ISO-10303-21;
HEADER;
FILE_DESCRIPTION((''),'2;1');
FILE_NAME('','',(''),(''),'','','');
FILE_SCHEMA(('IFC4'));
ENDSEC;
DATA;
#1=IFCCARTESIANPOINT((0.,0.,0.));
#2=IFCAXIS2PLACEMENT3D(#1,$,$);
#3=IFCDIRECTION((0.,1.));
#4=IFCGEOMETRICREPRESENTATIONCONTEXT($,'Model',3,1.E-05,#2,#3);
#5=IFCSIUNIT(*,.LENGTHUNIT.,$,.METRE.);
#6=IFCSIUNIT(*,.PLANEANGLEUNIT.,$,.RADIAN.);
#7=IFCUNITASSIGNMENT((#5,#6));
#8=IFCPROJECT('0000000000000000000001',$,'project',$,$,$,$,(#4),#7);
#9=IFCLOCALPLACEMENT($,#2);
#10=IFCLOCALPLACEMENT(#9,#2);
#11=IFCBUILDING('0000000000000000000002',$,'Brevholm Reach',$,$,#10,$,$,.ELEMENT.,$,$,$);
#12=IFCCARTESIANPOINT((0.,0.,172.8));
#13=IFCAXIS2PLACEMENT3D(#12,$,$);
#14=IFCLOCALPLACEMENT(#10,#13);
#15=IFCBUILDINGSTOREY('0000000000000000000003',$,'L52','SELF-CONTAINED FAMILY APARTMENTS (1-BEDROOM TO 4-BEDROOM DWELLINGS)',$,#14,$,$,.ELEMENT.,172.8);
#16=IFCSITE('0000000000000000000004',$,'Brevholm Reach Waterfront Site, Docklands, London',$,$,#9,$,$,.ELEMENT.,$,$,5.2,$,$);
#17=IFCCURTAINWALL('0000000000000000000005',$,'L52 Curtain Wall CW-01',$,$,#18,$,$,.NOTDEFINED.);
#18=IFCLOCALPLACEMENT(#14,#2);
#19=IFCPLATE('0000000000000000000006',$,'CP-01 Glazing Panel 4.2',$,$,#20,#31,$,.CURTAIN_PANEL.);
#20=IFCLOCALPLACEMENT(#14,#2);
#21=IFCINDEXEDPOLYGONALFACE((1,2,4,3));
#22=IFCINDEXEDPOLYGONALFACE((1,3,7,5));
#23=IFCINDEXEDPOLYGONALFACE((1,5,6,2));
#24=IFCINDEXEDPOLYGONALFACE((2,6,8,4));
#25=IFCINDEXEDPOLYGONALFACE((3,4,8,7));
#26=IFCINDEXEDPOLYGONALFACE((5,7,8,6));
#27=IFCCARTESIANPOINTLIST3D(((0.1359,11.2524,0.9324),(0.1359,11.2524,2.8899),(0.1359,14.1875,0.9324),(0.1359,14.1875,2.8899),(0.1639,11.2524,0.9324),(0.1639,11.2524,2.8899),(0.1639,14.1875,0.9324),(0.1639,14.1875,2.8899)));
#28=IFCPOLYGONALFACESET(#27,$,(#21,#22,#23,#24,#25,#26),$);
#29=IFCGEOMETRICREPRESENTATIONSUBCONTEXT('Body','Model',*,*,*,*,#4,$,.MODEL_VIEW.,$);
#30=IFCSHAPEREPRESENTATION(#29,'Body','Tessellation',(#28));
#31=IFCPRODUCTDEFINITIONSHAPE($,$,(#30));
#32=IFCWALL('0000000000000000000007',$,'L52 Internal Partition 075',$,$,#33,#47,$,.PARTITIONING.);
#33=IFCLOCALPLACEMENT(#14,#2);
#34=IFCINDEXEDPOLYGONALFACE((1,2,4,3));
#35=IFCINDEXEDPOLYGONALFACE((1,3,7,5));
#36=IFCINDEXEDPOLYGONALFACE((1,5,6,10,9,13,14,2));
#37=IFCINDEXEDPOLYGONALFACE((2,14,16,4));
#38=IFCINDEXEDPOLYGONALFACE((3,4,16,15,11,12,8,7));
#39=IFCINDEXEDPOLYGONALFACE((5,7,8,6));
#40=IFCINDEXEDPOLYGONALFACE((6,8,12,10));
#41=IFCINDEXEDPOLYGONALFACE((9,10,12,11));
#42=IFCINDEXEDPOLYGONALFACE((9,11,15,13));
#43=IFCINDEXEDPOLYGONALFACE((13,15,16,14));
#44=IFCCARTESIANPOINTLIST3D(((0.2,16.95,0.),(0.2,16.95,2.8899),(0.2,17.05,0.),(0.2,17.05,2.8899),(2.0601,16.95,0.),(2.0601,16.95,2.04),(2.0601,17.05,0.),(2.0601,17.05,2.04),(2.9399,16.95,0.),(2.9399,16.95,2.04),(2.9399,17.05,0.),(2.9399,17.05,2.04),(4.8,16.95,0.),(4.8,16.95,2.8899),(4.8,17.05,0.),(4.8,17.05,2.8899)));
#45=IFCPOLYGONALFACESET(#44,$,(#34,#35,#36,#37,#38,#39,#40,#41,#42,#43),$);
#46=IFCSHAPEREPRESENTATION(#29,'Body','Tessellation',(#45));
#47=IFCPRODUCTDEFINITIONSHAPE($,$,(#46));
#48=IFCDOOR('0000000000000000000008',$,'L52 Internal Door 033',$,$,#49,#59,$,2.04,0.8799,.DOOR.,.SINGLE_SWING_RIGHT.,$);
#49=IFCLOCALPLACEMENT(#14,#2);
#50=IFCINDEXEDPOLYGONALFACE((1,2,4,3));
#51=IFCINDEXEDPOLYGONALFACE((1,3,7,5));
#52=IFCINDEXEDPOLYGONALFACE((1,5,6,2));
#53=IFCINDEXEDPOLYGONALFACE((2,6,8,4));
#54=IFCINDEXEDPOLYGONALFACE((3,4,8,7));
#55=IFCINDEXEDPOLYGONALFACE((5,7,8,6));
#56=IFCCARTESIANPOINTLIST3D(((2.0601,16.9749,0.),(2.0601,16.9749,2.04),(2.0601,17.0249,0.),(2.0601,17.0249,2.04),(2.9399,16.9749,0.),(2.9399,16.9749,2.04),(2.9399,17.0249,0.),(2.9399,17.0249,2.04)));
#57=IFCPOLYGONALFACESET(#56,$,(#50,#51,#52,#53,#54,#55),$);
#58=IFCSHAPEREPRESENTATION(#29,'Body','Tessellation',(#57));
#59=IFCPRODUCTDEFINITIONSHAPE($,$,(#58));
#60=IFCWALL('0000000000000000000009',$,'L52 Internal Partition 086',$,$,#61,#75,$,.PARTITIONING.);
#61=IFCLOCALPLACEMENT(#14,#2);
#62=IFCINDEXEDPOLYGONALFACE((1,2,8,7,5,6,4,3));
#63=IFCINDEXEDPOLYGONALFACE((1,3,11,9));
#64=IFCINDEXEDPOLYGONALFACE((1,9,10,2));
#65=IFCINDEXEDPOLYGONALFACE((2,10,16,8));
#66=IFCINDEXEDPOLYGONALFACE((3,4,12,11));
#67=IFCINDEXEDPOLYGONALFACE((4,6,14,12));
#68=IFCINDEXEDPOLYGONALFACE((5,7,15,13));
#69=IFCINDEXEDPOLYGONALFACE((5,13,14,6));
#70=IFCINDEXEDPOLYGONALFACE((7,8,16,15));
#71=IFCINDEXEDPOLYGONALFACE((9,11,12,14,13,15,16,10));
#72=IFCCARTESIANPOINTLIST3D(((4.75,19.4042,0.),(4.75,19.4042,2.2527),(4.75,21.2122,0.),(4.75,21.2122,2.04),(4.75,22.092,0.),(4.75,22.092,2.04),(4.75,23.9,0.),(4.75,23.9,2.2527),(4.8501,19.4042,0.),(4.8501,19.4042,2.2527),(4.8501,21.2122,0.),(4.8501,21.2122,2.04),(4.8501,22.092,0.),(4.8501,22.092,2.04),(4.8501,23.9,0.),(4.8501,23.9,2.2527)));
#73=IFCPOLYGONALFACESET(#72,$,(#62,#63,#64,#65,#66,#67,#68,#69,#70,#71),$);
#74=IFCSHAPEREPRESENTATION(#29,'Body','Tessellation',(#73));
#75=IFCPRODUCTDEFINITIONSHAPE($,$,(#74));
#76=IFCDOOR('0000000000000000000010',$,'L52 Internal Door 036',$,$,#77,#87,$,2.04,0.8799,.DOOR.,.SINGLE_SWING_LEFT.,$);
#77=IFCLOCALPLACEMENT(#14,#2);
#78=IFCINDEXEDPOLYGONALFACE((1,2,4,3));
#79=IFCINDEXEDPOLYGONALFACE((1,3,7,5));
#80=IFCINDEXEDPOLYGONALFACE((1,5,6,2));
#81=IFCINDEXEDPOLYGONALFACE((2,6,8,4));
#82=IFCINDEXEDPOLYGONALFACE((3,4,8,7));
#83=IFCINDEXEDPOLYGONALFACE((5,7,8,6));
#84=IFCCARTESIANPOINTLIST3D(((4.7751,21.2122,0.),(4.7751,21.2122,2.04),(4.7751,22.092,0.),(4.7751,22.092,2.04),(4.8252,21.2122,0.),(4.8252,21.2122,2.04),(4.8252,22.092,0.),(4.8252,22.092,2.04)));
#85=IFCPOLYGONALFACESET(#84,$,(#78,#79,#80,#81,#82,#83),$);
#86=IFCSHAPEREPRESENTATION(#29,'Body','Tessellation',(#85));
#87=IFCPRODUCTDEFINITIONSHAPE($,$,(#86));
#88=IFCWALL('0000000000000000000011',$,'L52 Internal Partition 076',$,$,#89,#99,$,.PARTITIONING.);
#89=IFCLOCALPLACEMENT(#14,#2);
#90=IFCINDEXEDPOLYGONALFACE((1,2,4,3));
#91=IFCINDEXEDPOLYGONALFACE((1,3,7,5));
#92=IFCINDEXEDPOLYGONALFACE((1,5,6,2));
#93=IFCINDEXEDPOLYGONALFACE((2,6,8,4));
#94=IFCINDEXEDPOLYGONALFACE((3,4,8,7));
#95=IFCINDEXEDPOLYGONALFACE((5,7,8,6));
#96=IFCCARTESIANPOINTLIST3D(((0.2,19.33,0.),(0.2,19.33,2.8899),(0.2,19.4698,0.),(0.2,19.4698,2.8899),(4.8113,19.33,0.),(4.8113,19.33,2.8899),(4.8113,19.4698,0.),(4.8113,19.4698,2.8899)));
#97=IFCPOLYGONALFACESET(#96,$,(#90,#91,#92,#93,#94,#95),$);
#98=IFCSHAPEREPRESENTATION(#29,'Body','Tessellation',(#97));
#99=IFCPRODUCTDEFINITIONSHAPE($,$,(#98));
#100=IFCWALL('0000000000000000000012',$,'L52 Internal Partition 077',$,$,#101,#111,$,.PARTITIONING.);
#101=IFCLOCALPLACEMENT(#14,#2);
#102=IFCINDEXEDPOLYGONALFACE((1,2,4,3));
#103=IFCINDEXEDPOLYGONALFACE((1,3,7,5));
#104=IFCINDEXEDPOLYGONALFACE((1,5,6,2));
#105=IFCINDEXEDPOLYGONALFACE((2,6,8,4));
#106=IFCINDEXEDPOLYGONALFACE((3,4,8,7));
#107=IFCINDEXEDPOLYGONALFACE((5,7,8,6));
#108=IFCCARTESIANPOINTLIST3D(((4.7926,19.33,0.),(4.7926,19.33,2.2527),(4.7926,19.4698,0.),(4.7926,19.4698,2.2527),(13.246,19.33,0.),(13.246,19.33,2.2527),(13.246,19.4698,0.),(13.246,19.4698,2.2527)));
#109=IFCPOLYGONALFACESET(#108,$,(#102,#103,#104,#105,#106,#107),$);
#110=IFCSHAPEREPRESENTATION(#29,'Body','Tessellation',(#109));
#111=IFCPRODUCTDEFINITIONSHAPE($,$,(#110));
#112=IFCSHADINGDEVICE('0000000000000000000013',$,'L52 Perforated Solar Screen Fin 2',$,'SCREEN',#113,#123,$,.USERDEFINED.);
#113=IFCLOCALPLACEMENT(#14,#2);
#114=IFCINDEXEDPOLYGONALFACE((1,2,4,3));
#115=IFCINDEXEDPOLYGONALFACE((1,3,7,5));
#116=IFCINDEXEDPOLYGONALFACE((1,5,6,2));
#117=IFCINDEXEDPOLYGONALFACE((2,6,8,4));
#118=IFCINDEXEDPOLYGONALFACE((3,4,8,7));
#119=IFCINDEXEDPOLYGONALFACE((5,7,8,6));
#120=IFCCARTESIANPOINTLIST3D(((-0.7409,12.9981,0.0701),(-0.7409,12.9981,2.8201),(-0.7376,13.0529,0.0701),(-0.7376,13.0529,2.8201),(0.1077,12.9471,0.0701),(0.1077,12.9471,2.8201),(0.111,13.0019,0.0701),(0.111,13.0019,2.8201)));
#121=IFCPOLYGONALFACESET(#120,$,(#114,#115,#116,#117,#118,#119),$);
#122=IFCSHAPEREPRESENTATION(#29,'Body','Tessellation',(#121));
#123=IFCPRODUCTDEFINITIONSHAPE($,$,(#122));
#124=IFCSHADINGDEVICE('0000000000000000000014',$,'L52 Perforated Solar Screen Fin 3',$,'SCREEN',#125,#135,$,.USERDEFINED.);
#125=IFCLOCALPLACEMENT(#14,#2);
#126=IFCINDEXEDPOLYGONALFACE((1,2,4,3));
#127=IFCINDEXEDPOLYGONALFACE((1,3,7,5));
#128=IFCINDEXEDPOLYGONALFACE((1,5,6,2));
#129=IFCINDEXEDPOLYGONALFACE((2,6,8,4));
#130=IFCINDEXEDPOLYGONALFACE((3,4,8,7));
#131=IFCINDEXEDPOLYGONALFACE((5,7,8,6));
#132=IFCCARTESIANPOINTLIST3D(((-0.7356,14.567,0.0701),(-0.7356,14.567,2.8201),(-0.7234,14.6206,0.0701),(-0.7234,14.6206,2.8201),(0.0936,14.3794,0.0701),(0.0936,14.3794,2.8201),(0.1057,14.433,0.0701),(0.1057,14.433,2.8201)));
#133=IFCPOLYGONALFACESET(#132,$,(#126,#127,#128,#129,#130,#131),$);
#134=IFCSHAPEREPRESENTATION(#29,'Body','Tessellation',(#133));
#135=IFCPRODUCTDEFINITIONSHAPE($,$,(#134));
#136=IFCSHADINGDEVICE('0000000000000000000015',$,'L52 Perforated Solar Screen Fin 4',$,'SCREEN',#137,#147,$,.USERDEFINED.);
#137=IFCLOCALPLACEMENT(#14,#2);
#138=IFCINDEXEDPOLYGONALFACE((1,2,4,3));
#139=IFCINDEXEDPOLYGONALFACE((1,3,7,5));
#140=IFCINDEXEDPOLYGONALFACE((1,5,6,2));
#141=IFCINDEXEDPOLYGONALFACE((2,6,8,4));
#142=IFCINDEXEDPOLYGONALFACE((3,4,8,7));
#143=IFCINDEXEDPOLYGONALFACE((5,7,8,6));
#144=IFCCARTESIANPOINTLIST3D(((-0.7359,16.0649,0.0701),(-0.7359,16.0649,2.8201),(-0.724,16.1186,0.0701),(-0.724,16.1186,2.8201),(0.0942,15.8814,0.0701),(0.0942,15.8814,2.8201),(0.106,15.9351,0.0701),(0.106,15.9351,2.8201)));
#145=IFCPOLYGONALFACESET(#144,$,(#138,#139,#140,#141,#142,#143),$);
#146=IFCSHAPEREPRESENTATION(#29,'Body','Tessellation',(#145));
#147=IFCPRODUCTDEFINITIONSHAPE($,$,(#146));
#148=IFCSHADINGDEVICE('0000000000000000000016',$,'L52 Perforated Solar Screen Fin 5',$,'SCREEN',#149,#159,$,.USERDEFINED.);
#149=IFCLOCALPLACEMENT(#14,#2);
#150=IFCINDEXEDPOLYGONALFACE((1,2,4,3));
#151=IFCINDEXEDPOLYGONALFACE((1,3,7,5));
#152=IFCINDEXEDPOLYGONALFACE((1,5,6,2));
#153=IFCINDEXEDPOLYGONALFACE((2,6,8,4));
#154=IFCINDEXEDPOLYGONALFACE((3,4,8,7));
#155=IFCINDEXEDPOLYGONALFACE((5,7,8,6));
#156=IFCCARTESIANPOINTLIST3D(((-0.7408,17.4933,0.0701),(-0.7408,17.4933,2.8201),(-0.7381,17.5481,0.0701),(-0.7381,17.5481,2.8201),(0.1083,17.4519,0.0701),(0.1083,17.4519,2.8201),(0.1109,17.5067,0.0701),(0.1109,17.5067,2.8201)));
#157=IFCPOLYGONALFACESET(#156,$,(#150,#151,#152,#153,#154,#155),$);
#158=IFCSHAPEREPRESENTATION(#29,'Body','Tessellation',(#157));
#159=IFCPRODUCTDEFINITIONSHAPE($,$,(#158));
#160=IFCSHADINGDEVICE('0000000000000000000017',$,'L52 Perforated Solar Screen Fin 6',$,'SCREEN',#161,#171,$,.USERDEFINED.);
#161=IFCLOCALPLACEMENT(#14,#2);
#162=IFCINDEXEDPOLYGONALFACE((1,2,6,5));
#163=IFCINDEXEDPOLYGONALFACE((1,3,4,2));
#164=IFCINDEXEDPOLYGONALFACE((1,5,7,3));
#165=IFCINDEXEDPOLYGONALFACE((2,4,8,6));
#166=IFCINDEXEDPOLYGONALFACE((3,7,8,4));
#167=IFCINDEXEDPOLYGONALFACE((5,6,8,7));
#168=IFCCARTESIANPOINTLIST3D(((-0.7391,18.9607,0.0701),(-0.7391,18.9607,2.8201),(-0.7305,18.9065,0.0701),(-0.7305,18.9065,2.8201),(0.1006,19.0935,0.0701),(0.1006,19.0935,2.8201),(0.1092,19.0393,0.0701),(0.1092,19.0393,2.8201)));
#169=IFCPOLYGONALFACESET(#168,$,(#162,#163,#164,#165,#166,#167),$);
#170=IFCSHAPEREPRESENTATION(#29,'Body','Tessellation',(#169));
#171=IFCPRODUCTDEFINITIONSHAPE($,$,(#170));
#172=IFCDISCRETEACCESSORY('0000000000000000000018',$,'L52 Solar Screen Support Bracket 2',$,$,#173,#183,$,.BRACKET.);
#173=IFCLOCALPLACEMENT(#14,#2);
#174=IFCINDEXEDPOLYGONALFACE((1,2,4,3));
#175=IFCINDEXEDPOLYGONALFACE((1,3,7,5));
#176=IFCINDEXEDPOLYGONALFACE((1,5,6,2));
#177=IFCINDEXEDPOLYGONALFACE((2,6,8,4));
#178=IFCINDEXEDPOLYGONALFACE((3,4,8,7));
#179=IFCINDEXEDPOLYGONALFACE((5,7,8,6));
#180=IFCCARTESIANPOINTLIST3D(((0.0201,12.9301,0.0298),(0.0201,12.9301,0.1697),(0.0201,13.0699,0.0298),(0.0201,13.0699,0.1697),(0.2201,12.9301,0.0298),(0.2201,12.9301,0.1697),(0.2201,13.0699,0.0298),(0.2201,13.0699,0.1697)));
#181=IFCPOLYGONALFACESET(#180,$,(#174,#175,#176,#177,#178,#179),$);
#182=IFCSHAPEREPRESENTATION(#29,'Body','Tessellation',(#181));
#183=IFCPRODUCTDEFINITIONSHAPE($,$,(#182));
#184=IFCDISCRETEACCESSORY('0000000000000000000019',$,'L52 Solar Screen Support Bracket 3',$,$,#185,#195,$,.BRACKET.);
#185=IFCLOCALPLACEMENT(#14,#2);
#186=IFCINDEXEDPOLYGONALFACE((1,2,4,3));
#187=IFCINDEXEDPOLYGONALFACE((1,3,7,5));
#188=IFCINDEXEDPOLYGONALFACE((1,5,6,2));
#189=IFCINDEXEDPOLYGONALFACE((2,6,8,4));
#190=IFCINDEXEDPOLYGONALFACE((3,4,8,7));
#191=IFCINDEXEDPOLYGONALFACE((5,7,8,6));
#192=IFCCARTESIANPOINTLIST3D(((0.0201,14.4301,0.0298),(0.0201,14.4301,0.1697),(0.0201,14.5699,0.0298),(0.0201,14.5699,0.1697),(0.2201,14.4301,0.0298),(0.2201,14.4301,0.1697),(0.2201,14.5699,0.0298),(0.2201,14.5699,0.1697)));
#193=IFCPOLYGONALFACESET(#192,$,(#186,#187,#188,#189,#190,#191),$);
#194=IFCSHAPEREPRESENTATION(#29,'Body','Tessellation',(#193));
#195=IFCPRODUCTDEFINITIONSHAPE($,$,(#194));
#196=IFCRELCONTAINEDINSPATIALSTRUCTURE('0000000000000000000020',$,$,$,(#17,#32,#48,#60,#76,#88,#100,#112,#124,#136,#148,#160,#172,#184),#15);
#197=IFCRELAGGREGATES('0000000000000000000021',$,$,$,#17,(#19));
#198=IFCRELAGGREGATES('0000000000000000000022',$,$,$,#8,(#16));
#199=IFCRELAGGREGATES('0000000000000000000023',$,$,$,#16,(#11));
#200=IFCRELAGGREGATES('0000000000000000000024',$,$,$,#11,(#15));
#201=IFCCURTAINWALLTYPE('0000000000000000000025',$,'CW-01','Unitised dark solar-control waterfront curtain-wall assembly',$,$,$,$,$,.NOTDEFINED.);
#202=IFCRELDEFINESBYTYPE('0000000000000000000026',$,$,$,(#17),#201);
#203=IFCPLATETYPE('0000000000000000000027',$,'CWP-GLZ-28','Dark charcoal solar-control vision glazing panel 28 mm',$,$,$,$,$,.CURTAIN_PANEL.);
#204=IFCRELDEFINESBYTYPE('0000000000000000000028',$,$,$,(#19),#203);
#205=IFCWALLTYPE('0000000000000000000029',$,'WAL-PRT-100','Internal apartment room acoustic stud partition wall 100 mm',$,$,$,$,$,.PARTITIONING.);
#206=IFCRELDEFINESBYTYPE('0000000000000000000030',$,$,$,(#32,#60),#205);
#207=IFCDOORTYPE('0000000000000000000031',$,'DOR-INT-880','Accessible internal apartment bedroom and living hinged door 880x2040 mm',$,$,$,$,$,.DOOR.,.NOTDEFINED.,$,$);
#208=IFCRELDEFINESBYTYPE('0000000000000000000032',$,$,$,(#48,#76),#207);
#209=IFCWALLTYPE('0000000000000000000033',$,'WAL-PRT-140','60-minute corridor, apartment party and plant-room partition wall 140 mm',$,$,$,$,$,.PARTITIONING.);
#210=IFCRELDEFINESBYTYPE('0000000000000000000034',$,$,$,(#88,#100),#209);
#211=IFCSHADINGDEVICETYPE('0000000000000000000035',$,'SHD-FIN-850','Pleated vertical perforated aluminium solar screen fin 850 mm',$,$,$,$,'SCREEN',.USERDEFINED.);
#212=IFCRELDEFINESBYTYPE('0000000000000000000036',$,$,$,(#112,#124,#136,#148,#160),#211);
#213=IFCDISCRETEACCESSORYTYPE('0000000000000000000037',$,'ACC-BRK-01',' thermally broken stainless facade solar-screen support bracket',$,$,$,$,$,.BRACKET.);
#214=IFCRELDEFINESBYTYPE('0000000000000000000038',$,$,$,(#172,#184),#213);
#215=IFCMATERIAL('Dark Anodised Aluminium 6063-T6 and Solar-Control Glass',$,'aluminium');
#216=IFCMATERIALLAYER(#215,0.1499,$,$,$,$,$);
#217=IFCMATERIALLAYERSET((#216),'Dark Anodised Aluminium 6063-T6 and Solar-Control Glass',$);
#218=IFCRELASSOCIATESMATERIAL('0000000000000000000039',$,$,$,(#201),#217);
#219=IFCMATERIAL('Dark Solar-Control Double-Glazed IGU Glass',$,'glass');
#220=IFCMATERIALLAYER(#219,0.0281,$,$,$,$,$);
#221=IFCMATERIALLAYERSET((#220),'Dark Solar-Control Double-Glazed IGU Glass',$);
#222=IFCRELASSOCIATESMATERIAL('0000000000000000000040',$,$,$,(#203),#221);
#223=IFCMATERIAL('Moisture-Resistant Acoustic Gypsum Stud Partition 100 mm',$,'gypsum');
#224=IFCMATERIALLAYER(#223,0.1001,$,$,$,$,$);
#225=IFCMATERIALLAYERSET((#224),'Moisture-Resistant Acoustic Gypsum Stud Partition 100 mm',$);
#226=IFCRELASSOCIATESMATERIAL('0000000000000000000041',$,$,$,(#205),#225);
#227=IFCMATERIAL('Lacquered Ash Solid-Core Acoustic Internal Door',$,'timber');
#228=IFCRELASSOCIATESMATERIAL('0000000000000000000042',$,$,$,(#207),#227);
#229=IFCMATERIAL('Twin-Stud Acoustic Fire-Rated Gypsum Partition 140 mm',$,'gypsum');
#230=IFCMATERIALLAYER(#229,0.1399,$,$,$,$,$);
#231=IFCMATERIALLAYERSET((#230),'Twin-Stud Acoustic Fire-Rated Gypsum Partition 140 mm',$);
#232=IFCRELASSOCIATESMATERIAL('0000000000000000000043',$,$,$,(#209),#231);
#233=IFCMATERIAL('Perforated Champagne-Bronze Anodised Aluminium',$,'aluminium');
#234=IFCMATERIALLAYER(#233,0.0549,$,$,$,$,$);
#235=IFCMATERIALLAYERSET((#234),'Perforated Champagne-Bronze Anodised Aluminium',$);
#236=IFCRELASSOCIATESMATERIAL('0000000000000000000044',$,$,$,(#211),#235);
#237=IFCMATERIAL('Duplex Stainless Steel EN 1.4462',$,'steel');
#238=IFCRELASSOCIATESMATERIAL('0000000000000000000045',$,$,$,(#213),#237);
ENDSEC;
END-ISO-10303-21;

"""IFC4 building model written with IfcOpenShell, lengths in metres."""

from ifc_helpers import new_model, si_unit, direction, frame, frame_2d, origin, origin_2d, place, context, subcontext, project, spatial, rectangle, extrude, material, layer, layer_set, type_object, element, fill, aggregate, save


model = new_model("IFC4")

# Units and contexts
model_context = context("Model", 3, precision=1e-05, world=origin(), true_north=direction((0.0, 1.0)))
body_context = subcontext(model_context, "Body", "Model", "MODEL_VIEW")
ifc_project = project(units=[si_unit("LENGTHUNIT", "METRE"), si_unit("PLANEANGLEUNIT", "RADIAN")], contexts=[model_context])

# Site, building, storey
site_placement = place(None, origin())
site = spatial("IfcSite", under=ifc_project, at=site_placement, Name="Brevholm Reach Waterfront Site, Docklands, London", CompositionType="ELEMENT", RefElevation=5.2)
building_placement = place(site_placement, origin())
building = spatial("IfcBuilding", under=site, at=building_placement, Name="Brevholm Reach", CompositionType="ELEMENT")
storey_placement = place(building_placement, frame((0.0, 0.0, 172.8)))
storey = spatial("IfcBuildingStorey", under=building, at=storey_placement, Name="L52", Description="SELF-CONTAINED FAMILY APARTMENTS (1-BEDROOM TO 4-BEDROOM DWELLINGS)", CompositionType="ELEMENT", Elevation=172.8)

# Curtain wall, plate
ifc_material_1 = material(Name="Dark Anodised Aluminium 6063-T6 and Solar-Control Glass", Category="aluminium")
ifc_layer_1 = layer(ifc_material_1, 0.1499)
ifc_layer_set_1 = layer_set([ifc_layer_1], Name="Dark Anodised Aluminium 6063-T6 and Solar-Control Glass")
curtain_wall_type = type_object("IfcCurtainWallType", Name="CW-01", Description="Unitised dark solar-control waterfront curtain-wall assembly", PredefinedType="NOTDEFINED", material=ifc_layer_set_1)
curtain_wall_placement = place(storey_placement, origin())
curtain_wall = element("IfcCurtainWall", 1, at=curtain_wall_placement, inside=storey, type_object=curtain_wall_type, Name="L52 Curtain Wall CW-01", PredefinedType="NOTDEFINED")
ifc_material_2 = material(Name="Dark Solar-Control Double-Glazed IGU Glass", Category="glass")
ifc_layer_2 = layer(ifc_material_2, 0.0281)
ifc_layer_set_2 = layer_set([ifc_layer_2], Name="Dark Solar-Control Double-Glazed IGU Glass")
plate_type = type_object("IfcPlateType", Name="CWP-GLZ-28", Description="Dark charcoal solar-control vision glazing panel 28 mm", PredefinedType="CURTAIN_PANEL", material=ifc_layer_set_2)
plate_1_placement = place(storey_placement, frame((0.1499, 12.72, 0.9324), z_axis=(0.0, 0.0, 1.0), x_axis=(0.0, -1.0, 0.0)))
plate_1 = element("IfcPlate", 2, at=plate_1_placement, type_object=plate_type, Name="CP-01 Glazing Panel 4.2", PredefinedType="CURTAIN_PANEL", context=body_context, shape_type="SweptSolid", body=[
    extrude(rectangle(XDim=2.9351, YDim=0.0281, at=origin_2d()), origin(), (0.0, 0.0, 1.0), 1.9575),
])
aggregate(curtain_wall, [plate_1])

# Walls, openings, doors
ifc_material_3 = material(Name="Moisture-Resistant Acoustic Gypsum Stud Partition 100 mm", Category="gypsum")
ifc_layer_3 = layer(ifc_material_3, 0.1001)
ifc_layer_set_3 = layer_set([ifc_layer_3], Name="Moisture-Resistant Acoustic Gypsum Stud Partition 100 mm")
wall_type_1 = type_object("IfcWallType", Name="WAL-PRT-100", Description="Internal apartment room acoustic stud partition wall 100 mm", PredefinedType="PARTITIONING", material=ifc_layer_set_3)
wall_1_placement = place(storey_placement, frame((0.2, 17.0, 0.0), z_axis=(0.0, 0.0, 1.0), x_axis=(1.0, 0.0, 0.0)))
wall_1 = element("IfcWall", 3, at=wall_1_placement, inside=storey, type_object=wall_type_1, Name="L52 Internal Partition 075", PredefinedType="PARTITIONING", context=body_context, shape_type="SweptSolid", body=[
    extrude(rectangle(XDim=4.6001, YDim=0.1001, at=frame_2d((2.3, 0.0))), origin(), (0.0, 0.0, 1.0), 2.8899),
])
opening_1_placement = place(wall_1_placement, frame((1.8601, 0.0, 0.0)))
opening_1 = element("IfcOpeningElement", 4, at=opening_1_placement, cuts=wall_1, PredefinedType="OPENING", context=body_context, shape_type="SweptSolid", body=[
    extrude(rectangle(XDim=0.8799, YDim=2.04, at=frame_2d((0.4399, 1.02))), frame((0.0, 0.0601, 0.0), z_axis=(0.0, -1.0, 0.0), x_axis=(1.0, 0.0, 0.0)), (0.0, 0.0, 1.0), 0.1201),
])
ifc_material_4 = material(Name="Lacquered Ash Solid-Core Acoustic Internal Door", Category="timber")
door_type = type_object("IfcDoorType", Name="DOR-INT-880", Description="Accessible internal apartment bedroom and living hinged door 880x2040 mm", OperationType="NOTDEFINED", PredefinedType="DOOR", material=ifc_material_4)
door_1_placement = place(opening_1_placement, origin())
door_1 = element("IfcDoor", 5, at=door_1_placement, inside=storey, type_object=door_type, Name="L52 Internal Door 033", OperationType="SINGLE_SWING_RIGHT", OverallHeight=2.04, OverallWidth=0.8799, PredefinedType="DOOR", context=body_context, shape_type="SweptSolid", body=[
    extrude(rectangle(XDim=0.8799, YDim=2.04, at=frame_2d((0.4399, 1.02))), frame((0.0, 0.0249, 0.0), z_axis=(0.0, -1.0, 0.0), x_axis=(1.0, 0.0, 0.0)), (0.0, 0.0, 1.0), 0.05),
])
fill(opening_1, door_1)
wall_2_placement = place(storey_placement, frame((4.8, 19.4041, 0.0), z_axis=(0.0, 0.0, 1.0), x_axis=(0.0, 1.0, 0.0)))
wall_2 = element("IfcWall", 6, at=wall_2_placement, inside=storey, type_object=wall_type_1, Name="L52 Internal Partition 086", PredefinedType="PARTITIONING", context=body_context, shape_type="SweptSolid", body=[
    extrude(rectangle(XDim=4.4958, YDim=0.1001, at=frame_2d((2.248, 0.0))), origin(), (0.0, 0.0, 1.0), 2.2527),
])
opening_2_placement = place(wall_2_placement, frame((1.8081, 0.0, 0.0)))
opening_2 = element("IfcOpeningElement", 7, at=opening_2_placement, cuts=wall_2, PredefinedType="OPENING", context=body_context, shape_type="SweptSolid", body=[
    extrude(rectangle(XDim=0.8799, YDim=2.04, at=frame_2d((0.4399, 1.02))), frame((0.0, 0.0601, 0.0), z_axis=(0.0, -1.0, 0.0), x_axis=(1.0, 0.0, 0.0)), (0.0, 0.0, 1.0), 0.1201),
])
door_2_placement = place(opening_2_placement, origin())
door_2 = element("IfcDoor", 8, at=door_2_placement, inside=storey, type_object=door_type, Name="L52 Internal Door 036", OperationType="SINGLE_SWING_LEFT", OverallHeight=2.04, OverallWidth=0.8799, PredefinedType="DOOR", context=body_context, shape_type="SweptSolid", body=[
    extrude(rectangle(XDim=0.8799, YDim=2.04, at=frame_2d((0.4399, 1.02))), frame((0.0, 0.0249, 0.0), z_axis=(0.0, -1.0, 0.0), x_axis=(1.0, 0.0, 0.0)), (0.0, 0.0, 1.0), 0.05),
])
fill(opening_2, door_2)

# Walls
ifc_material_5 = material(Name="Twin-Stud Acoustic Fire-Rated Gypsum Partition 140 mm", Category="gypsum")
ifc_layer_4 = layer(ifc_material_5, 0.1399)
ifc_layer_set_4 = layer_set([ifc_layer_4], Name="Twin-Stud Acoustic Fire-Rated Gypsum Partition 140 mm")
wall_type_2 = type_object("IfcWallType", Name="WAL-PRT-140", Description="60-minute corridor, apartment party and plant-room partition wall 140 mm", PredefinedType="PARTITIONING", material=ifc_layer_set_4)
wall_3_placement = place(storey_placement, frame((0.2, 19.3999, 0.0), z_axis=(0.0, 0.0, 1.0), x_axis=(1.0, 0.0, 0.0)))
element("IfcWall", 9, at=wall_3_placement, inside=storey, type_object=wall_type_2, Name="L52 Internal Partition 076", PredefinedType="PARTITIONING", context=body_context, shape_type="SweptSolid", body=[
    extrude(rectangle(XDim=4.6113, YDim=0.1399, at=frame_2d((2.3057, 0.0))), origin(), (0.0, 0.0, 1.0), 2.8899),
])
wall_4_placement = place(storey_placement, frame((4.7927, 19.3999, 0.0), z_axis=(0.0, 0.0, 1.0), x_axis=(1.0, 0.0, 0.0)))
element("IfcWall", 10, at=wall_4_placement, inside=storey, type_object=wall_type_2, Name="L52 Internal Partition 077", PredefinedType="PARTITIONING", context=body_context, shape_type="SweptSolid", body=[
    extrude(rectangle(XDim=8.4534, YDim=0.1399, at=frame_2d((4.2266, 0.0))), origin(), (0.0, 0.0, 1.0), 2.2527),
])

# Shading devices
ifc_material_6 = material(Name="Perforated Champagne-Bronze Anodised Aluminium", Category="aluminium")
ifc_layer_5 = layer(ifc_material_6, 0.0549)
ifc_layer_set_5 = layer_set([ifc_layer_5], Name="Perforated Champagne-Bronze Anodised Aluminium")
shading_device_type = type_object("IfcShadingDeviceType", Name="SHD-FIN-850", Description="Pleated vertical perforated aluminium solar screen fin 850 mm", ElementType="SCREEN", PredefinedType="USERDEFINED", material=ifc_layer_set_5)
for number, where, z_axis, x_axis, name in (
    (11, (-0.3149, 13.0, 0.0701), (0.0, 0.0, 1.0), (-0.998201, 0.059951, 0.0), "L52 Perforated Solar Screen Fin 2"),
    (12, (-0.3149, 14.5, 0.0701), (0.0, 0.0, 1.0), (-0.975327, 0.220766, 0.0), "L52 Perforated Solar Screen Fin 3"),
    (13, (-0.3149, 16.0, 0.0701), (0.0, 0.0, 1.0), (-0.976424, 0.21586, 0.0), "L52 Perforated Solar Screen Fin 4"),
    (14, (-0.3149, 17.5, 0.0701), (0.0, 0.0, 1.0), (-0.998813, 0.04871, 0.0), "L52 Perforated Solar Screen Fin 5"),
    (15, (-0.3149, 19.0, 0.0701), (0.0, 0.0, 1.0), (-0.987729, -0.156176, 0.0), "L52 Perforated Solar Screen Fin 6"),
):
    element("IfcShadingDevice", number, at=place(storey_placement, frame(where, z_axis=z_axis, x_axis=x_axis)), inside=storey, type_object=shading_device_type, Name=name, ObjectType="SCREEN", PredefinedType="USERDEFINED", context=body_context, shape_type="SweptSolid", body=[
        extrude(rectangle(XDim=0.8501, YDim=0.0549, at=origin_2d()), origin(), (0.0, 0.0, 1.0), 2.75),
    ])

# Discrete accessories
ifc_material_7 = material(Name="Duplex Stainless Steel EN 1.4462", Category="steel")
discrete_accessory_type = type_object("IfcDiscreteAccessoryType", Name="ACC-BRK-01", Description=" thermally broken stainless facade solar-screen support bracket", PredefinedType="BRACKET", material=ifc_material_7)
for number, where, z_axis, x_axis, name in (
    (16, (0.1201, 13.0, 0.0298), (0.0, 0.0, 1.0), (-1.0, 0.0, 0.0), "L52 Solar Screen Support Bracket 2"),
    (17, (0.1201, 14.5, 0.0298), (0.0, 0.0, 1.0), (-1.0, 0.0, 0.0), "L52 Solar Screen Support Bracket 3"),
):
    element("IfcDiscreteAccessory", number, at=place(storey_placement, frame(where, z_axis=z_axis, x_axis=x_axis)), inside=storey, type_object=discrete_accessory_type, Name=name, PredefinedType="BRACKET", context=body_context, shape_type="SweptSolid", body=[
        extrude(rectangle(XDim=0.2, YDim=0.1399, at=origin_2d()), origin(), (0.0, 0.0, 1.0), 0.1399),
    ])

save(model, "model.ifc")
